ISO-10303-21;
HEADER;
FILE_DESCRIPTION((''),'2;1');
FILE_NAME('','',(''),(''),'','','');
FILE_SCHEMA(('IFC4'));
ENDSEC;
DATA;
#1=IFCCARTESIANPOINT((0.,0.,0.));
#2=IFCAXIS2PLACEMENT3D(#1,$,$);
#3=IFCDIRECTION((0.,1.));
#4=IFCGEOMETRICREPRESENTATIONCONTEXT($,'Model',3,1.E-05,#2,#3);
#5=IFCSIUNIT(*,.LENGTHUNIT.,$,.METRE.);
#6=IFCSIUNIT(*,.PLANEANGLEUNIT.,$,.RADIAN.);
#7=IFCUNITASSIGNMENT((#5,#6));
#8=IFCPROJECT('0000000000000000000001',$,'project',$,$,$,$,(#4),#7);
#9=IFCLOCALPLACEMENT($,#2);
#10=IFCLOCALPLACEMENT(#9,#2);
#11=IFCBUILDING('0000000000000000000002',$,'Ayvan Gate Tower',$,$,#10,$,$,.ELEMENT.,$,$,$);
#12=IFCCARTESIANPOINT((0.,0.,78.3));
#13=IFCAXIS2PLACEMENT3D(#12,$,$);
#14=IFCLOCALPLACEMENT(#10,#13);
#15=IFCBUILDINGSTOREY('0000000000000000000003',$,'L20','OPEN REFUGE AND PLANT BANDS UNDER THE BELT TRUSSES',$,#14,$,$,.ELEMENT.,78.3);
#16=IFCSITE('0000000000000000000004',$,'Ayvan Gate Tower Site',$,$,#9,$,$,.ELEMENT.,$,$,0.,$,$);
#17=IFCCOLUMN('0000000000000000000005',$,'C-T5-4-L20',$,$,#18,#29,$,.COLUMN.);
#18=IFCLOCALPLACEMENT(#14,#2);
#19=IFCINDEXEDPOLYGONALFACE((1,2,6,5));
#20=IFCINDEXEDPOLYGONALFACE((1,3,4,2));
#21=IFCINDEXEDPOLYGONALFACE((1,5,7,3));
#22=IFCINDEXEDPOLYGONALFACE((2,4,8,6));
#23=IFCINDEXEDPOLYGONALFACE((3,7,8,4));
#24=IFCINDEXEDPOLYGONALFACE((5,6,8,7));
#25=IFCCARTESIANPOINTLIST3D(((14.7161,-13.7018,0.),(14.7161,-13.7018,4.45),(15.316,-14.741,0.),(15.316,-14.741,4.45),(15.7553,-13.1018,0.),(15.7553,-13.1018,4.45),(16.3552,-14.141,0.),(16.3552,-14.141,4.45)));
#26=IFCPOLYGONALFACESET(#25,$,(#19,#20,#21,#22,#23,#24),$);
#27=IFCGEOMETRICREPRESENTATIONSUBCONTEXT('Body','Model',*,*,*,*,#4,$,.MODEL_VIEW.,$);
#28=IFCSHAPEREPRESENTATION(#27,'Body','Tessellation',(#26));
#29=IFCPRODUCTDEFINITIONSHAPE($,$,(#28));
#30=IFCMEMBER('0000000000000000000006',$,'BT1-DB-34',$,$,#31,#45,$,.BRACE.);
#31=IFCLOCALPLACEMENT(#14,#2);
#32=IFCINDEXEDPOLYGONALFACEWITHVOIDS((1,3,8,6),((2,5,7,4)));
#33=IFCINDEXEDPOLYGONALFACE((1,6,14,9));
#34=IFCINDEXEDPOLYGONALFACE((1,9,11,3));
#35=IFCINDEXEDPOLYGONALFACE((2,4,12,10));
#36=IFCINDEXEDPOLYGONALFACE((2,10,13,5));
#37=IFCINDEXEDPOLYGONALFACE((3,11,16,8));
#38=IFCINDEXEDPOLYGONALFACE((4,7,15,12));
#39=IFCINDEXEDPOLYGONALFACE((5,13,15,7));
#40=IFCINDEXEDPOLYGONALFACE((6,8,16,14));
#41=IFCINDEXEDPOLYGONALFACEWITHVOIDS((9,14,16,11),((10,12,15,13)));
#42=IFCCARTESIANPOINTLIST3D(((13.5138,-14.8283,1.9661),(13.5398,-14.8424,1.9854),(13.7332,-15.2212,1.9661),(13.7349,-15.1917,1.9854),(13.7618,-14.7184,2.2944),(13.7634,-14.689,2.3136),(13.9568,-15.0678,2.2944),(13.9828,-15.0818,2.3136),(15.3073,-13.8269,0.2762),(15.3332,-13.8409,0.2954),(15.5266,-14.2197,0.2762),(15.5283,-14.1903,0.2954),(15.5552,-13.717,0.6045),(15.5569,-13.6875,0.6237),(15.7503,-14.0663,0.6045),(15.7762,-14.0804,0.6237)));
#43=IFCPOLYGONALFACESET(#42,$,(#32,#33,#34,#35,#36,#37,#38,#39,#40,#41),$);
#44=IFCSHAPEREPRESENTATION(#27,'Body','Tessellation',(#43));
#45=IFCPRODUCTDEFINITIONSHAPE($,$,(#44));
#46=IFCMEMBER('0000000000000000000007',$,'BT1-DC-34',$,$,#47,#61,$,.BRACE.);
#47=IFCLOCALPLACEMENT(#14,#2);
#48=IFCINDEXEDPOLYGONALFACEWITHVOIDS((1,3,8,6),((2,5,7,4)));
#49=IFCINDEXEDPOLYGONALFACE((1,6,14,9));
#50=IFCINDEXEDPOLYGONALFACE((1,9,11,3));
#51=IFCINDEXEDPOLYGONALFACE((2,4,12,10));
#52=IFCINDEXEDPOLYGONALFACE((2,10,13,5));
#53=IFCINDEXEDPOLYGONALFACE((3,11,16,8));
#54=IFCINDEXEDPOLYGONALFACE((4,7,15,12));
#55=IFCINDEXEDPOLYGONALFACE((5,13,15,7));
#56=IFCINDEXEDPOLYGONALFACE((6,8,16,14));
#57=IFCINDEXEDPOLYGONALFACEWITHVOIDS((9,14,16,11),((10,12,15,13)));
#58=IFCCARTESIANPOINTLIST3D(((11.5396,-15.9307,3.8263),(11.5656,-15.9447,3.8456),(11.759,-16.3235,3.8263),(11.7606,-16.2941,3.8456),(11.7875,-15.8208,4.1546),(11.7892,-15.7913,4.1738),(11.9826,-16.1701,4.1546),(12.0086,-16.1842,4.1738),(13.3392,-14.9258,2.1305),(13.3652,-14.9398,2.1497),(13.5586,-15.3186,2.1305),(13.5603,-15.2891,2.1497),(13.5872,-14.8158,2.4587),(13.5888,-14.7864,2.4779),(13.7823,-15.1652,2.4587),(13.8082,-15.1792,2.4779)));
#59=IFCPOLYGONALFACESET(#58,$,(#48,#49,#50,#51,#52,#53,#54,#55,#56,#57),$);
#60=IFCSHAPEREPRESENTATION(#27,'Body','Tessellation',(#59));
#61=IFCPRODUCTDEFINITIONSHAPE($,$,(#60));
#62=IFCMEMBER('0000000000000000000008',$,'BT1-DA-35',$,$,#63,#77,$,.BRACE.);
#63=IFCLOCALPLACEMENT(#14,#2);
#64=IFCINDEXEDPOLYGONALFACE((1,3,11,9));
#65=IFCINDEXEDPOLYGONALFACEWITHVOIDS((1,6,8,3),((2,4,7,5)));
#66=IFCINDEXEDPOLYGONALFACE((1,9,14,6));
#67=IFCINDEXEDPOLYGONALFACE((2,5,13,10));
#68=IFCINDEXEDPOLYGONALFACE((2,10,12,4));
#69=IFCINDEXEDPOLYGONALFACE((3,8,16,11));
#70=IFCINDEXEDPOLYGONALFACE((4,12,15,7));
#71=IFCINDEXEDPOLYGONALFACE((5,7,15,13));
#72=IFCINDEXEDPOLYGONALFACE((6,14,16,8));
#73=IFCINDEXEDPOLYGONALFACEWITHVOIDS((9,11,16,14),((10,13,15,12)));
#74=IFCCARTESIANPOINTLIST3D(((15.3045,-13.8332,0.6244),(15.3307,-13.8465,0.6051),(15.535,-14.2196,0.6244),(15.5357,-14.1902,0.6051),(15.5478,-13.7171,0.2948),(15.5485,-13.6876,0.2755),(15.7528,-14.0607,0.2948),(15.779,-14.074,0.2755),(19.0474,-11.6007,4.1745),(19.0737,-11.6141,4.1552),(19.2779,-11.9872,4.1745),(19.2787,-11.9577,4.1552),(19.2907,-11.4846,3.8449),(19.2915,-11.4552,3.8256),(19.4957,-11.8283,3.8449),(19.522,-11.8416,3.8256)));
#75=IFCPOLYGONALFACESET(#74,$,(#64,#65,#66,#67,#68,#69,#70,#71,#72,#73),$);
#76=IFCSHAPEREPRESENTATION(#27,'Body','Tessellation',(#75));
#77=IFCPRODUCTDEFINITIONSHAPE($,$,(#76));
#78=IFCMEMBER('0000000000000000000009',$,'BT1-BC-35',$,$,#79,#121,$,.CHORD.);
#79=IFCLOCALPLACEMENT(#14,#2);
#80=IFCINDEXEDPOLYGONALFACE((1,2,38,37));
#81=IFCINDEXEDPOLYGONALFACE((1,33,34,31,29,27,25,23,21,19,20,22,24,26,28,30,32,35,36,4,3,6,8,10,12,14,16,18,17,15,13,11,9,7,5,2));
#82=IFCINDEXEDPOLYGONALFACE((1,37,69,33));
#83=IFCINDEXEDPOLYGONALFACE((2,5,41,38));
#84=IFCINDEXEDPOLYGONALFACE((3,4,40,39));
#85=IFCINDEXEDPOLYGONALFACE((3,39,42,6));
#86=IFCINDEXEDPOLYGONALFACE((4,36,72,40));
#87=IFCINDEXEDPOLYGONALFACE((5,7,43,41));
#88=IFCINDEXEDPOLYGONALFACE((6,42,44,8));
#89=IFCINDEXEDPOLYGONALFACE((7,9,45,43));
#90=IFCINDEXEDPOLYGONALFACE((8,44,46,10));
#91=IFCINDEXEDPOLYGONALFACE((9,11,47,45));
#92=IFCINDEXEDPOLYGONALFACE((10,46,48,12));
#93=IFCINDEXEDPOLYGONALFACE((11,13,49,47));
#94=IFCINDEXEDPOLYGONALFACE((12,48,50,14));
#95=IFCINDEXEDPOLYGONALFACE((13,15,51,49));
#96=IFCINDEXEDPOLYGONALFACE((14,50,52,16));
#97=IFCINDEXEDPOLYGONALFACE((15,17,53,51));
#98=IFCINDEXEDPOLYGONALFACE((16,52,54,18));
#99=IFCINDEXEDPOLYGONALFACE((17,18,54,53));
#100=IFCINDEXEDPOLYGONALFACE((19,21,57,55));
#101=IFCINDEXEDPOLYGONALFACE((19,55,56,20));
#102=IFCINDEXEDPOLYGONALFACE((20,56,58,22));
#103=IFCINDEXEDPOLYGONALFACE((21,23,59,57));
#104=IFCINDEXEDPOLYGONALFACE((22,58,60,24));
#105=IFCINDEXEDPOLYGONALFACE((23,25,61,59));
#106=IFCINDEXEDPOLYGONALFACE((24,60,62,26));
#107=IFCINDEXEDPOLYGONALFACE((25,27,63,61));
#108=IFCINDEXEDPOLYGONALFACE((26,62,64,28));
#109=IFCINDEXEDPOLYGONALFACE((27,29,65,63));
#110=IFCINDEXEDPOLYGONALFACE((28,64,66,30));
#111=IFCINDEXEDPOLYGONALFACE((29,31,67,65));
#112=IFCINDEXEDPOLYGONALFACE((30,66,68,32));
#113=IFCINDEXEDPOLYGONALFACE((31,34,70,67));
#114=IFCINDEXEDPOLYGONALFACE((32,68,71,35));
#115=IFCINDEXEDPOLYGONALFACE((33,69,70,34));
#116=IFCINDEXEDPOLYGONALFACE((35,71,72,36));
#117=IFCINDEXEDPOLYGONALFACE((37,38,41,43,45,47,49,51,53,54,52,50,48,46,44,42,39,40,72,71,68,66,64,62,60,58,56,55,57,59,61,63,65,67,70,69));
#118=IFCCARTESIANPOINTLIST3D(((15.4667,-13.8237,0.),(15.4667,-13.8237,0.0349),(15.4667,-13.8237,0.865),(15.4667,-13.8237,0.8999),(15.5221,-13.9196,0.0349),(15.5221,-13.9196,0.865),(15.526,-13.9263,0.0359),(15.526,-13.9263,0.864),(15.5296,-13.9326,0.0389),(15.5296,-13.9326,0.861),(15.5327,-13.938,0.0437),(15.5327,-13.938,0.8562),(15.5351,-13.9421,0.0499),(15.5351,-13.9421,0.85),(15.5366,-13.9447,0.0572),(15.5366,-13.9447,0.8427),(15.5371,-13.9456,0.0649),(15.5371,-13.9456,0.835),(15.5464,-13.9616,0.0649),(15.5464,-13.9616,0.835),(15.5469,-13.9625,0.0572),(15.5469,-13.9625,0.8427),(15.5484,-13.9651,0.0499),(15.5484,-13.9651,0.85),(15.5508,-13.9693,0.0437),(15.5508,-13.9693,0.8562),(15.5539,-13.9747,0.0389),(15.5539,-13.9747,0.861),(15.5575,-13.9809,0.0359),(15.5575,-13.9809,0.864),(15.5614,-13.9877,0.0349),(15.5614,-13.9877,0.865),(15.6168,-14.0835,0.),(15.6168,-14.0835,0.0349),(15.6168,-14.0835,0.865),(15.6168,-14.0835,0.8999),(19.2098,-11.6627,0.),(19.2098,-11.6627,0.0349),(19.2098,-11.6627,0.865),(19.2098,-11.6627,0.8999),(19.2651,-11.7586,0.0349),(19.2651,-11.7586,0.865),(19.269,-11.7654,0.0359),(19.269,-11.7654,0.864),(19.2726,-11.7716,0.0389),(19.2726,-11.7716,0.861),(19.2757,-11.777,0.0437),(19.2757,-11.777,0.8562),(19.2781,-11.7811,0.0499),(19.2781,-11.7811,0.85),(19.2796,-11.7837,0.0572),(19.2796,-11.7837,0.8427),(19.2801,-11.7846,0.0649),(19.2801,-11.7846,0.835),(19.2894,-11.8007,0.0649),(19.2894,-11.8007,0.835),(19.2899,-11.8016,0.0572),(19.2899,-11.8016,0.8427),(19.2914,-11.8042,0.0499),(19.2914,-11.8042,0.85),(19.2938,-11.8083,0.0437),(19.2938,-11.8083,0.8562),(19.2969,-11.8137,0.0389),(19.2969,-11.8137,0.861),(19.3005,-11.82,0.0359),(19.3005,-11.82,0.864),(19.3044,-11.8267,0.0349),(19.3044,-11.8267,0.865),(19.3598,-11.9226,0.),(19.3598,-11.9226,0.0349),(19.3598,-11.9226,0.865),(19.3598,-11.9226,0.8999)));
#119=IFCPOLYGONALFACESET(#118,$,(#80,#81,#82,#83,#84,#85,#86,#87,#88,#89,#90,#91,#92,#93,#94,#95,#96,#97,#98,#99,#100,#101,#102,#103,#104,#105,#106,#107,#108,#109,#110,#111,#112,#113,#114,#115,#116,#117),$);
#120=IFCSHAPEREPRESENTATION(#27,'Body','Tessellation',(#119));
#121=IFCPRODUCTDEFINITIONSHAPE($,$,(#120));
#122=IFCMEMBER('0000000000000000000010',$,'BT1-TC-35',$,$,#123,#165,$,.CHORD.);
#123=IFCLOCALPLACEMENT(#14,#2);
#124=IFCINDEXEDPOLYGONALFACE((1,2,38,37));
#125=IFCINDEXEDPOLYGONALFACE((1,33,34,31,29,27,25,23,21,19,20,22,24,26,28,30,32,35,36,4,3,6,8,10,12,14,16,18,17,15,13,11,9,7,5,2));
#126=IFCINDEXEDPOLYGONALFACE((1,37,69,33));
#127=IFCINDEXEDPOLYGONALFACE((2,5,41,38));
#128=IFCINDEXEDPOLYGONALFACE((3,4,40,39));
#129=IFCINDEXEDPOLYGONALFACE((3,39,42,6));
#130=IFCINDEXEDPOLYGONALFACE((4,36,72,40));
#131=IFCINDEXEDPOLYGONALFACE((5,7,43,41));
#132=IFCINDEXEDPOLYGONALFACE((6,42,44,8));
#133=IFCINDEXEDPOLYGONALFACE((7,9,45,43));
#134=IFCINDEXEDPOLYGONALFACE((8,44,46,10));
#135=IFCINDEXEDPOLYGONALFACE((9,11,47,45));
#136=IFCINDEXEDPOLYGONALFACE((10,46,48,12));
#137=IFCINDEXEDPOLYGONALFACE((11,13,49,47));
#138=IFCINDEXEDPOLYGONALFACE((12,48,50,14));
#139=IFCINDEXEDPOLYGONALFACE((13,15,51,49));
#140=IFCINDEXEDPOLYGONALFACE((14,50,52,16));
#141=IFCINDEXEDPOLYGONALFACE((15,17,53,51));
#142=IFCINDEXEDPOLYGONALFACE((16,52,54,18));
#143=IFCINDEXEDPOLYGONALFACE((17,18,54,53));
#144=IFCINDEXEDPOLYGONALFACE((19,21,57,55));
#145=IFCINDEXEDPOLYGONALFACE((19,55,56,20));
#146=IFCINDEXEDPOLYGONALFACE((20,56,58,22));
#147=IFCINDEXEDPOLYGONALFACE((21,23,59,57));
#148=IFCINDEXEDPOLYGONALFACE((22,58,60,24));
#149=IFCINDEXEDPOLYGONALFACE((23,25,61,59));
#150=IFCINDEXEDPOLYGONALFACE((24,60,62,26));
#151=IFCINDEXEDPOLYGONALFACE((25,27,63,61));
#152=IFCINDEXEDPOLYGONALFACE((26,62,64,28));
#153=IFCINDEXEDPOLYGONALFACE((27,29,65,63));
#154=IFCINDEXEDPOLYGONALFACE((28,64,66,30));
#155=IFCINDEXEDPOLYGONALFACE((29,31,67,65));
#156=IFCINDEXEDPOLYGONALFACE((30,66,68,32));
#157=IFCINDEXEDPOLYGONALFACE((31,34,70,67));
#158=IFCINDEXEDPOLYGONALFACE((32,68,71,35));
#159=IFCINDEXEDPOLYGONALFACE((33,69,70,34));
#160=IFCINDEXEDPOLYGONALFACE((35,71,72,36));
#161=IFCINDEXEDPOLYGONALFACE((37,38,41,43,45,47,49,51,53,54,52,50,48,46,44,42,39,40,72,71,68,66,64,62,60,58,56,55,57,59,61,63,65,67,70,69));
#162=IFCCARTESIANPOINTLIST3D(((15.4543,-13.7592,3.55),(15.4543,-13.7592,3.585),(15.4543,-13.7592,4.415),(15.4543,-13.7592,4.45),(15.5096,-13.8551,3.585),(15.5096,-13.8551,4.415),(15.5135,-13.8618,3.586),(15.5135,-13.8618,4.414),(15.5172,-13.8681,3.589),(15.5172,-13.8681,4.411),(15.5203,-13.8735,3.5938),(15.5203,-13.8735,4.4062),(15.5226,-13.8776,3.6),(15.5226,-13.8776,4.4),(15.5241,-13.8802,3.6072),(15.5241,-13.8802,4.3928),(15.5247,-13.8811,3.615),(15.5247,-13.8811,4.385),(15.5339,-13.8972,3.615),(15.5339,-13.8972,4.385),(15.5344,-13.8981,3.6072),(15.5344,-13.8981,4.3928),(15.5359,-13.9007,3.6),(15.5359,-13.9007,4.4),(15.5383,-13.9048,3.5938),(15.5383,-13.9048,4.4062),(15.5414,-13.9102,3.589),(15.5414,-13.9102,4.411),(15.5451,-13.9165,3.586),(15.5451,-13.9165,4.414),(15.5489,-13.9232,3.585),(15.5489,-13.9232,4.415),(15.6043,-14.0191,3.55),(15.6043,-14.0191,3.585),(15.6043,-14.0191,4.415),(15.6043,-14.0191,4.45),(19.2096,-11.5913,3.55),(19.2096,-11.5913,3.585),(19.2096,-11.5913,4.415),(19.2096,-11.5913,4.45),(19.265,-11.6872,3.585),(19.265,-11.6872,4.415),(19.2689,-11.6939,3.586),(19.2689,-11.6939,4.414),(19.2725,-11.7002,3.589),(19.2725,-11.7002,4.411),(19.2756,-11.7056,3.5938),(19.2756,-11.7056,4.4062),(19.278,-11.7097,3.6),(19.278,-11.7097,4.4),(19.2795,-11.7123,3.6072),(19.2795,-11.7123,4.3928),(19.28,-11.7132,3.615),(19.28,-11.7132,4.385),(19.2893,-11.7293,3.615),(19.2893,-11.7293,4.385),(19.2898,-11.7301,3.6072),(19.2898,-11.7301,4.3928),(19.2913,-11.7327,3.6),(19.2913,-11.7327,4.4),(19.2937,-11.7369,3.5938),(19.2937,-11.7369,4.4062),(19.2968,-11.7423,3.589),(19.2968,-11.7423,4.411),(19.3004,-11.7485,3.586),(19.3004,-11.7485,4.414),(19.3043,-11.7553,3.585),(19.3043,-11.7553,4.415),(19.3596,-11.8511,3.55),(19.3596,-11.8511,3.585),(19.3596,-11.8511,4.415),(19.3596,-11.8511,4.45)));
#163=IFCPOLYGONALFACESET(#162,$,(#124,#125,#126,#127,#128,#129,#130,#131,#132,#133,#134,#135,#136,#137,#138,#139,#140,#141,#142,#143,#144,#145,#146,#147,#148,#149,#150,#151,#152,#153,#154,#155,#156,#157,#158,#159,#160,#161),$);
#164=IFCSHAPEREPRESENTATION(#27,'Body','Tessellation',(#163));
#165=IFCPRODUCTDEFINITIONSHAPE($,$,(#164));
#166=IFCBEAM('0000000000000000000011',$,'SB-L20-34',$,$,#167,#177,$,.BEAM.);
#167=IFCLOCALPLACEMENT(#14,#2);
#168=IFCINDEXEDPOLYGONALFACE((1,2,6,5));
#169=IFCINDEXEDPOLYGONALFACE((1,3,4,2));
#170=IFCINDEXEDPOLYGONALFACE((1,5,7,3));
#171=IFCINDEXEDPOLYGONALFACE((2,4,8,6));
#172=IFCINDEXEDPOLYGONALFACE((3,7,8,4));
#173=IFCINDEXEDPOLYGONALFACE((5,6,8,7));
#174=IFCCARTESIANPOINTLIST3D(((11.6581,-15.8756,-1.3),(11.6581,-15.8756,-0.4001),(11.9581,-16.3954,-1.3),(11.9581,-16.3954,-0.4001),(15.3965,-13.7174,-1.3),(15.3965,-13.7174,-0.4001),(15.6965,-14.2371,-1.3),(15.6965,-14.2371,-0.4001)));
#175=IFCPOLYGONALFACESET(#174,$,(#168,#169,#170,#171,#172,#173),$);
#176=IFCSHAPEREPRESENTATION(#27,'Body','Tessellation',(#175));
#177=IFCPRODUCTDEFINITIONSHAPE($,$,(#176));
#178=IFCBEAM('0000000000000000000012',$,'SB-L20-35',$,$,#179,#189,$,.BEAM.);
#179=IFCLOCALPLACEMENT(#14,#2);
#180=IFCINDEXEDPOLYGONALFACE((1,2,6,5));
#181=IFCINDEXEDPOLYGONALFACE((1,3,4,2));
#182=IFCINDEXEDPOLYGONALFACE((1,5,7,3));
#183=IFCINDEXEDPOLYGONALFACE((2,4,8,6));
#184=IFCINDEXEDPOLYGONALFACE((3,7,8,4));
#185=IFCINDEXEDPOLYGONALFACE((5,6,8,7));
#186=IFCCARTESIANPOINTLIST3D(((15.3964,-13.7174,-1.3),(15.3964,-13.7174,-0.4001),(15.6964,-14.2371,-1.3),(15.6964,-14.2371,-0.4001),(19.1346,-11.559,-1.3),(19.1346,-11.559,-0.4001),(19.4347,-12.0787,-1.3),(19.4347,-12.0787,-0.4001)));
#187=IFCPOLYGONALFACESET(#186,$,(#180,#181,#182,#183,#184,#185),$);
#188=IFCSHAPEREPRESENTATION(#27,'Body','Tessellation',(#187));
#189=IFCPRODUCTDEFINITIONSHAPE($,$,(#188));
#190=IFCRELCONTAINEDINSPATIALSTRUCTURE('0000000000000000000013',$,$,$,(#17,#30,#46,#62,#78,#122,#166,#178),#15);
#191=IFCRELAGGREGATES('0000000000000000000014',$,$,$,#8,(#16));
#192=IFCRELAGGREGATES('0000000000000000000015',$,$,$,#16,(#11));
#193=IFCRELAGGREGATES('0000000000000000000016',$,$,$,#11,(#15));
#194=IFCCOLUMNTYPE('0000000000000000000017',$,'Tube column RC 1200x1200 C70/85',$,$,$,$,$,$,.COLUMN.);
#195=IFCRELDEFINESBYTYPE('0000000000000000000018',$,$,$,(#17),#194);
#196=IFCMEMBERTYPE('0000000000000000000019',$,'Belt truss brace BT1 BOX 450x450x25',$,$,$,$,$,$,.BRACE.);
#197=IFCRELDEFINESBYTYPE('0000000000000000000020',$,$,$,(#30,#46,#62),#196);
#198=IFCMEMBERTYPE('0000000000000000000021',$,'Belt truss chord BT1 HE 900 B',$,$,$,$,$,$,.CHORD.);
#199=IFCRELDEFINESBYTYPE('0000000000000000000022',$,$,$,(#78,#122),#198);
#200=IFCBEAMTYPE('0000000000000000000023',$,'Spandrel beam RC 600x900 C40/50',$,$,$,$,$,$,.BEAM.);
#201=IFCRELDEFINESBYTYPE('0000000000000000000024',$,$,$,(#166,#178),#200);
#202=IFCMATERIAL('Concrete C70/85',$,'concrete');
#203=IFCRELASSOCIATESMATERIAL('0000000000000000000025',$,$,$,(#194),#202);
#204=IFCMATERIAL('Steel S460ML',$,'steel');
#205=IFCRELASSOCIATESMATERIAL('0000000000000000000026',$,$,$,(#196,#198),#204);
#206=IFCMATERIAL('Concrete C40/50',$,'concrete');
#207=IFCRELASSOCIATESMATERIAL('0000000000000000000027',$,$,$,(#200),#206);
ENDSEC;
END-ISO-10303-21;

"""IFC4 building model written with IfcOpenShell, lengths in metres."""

from ifc_helpers import new_model, si_unit, direction, frame, origin, origin_2d, place, context, subcontext, project, spatial, rectangle, hollow_rectangle, i_section, extrude, material, material_profile, profile_set, type_object, element, save


model = new_model("IFC4")

# Units and contexts
model_context = context("Model", 3, precision=1e-05, world=origin(), true_north=direction((0.0, 1.0)))
body_context = subcontext(model_context, "Body", "Model", "MODEL_VIEW")
ifc_project = project(units=[si_unit("LENGTHUNIT", "METRE"), si_unit("PLANEANGLEUNIT", "RADIAN")], contexts=[model_context])

# Site, building, storey
site_placement = place(None, origin())
site = spatial("IfcSite", under=ifc_project, at=site_placement, Name="Ayvan Gate Tower Site", CompositionType="ELEMENT", RefElevation=0.0)
building_placement = place(site_placement, origin())
building = spatial("IfcBuilding", under=site, at=building_placement, Name="Ayvan Gate Tower", CompositionType="ELEMENT")
storey_placement = place(building_placement, frame((0.0, 0.0, 78.3)))
storey = spatial("IfcBuildingStorey", under=building, at=storey_placement, Name="L20", Description="OPEN REFUGE AND PLANT BANDS UNDER THE BELT TRUSSES", CompositionType="ELEMENT", Elevation=78.3)

# Column
ifc_material_1 = material(Name="Concrete C70/85", Category="concrete")
ifc_material_profile_1 = material_profile(ifc_material_1, rectangle(XDim=1.2, YDim=1.2, at=origin_2d()), Name="RC 1200x1200")
ifc_profile_set_1 = profile_set([ifc_material_profile_1], Name="Concrete C70/85")
column_type = type_object("IfcColumnType", Name="Tube column RC 1200x1200 C70/85", PredefinedType="COLUMN", material=ifc_profile_set_1)
column_placement = place(storey_placement, frame((15.5356, -13.9214, 0.0), z_axis=(0.0, 0.0, 1.0), x_axis=(0.5, -0.866025, 0.0)))
element("IfcColumn", 1, at=column_placement, inside=storey, type_object=column_type, Name="C-T5-4-L20", PredefinedType="COLUMN", context=body_context, shape_type="SweptSolid", body=[
    extrude(rectangle(XDim=1.2, YDim=1.2, at=origin_2d()), origin(), (0.0, 0.0, 1.0), 4.45),
])

# Members
ifc_material_2 = material(Name="Steel S460ML", Category="steel")
ifc_material_profile_2 = material_profile(ifc_material_2, hollow_rectangle(XDim=0.45, YDim=0.45, WallThickness=0.0249, at=origin_2d()), Name="BOX 450x450x25")
ifc_profile_set_2 = profile_set([ifc_material_profile_2], Name="Steel S460ML")
member_type_1 = type_object("IfcMemberType", Name="Belt truss brace BT1 BOX 450x450x25", PredefinedType="BRACE", material=ifc_profile_set_2)
member_1_placement = place(storey_placement, frame((15.5417, -13.9536, 0.45), z_axis=(-0.674245, -0.376498, 0.635329), x_axis=(0.487539, -0.873101, 0.0)))
element("IfcMember", 2, at=member_1_placement, inside=storey, type_object=member_type_1, Name="BT1-DB-34", PredefinedType="BRACE", context=body_context, shape_type="SweptSolid", body=[
    extrude(hollow_rectangle(XDim=0.45, YDim=0.45, WallThickness=0.0249, at=origin_2d()), origin(), (0.0, 0.0, 1.0), 2.6599),
])
member_2_placement = place(storey_placement, frame((13.5737, -15.0525, 2.3042), z_axis=(-0.674227, -0.376491, 0.635352), x_axis=(0.487543, -0.873099, 0.0)))
element("IfcMember", 3, at=member_2_placement, inside=storey, type_object=member_type_1, Name="BT1-DC-34", PredefinedType="BRACE", context=body_context, shape_type="SweptSolid", body=[
    extrude(hollow_rectangle(XDim=0.45, YDim=0.45, WallThickness=0.0249, at=origin_2d()), origin(), (0.0, 0.0, 1.0), 2.6692),
])
member_3_placement = place(storey_placement, frame((15.5417, -13.9536, 0.45), z_axis=(0.665878, 0.397155, 0.631565), x_axis=(-0.512245, 0.858839, 0.0)))
element("IfcMember", 4, at=member_3_placement, inside=storey, type_object=member_type_1, Name="BT1-DA-35", PredefinedType="BRACE", context=body_context, shape_type="SweptSolid", body=[
    extrude(hollow_rectangle(XDim=0.45, YDim=0.45, WallThickness=0.0249, at=origin_2d()), origin(), (0.0, 0.0, 1.0), 5.6211),
])
ifc_material_profile_3 = material_profile(ifc_material_2, i_section(OverallWidth=0.3, OverallDepth=0.8999, WebThickness=0.0186, FlangeThickness=0.0349, FilletRadius=0.03, at=origin_2d()), Name="HE 900 B")
ifc_profile_set_3 = profile_set([ifc_material_profile_3], Name="Steel S460ML")
member_type_2 = type_object("IfcMemberType", Name="Belt truss chord BT1 HE 900 B", PredefinedType="CHORD", material=ifc_profile_set_3)
member_4_placement = place(storey_placement, frame((15.5417, -13.9536, 0.45), z_axis=(0.866034, 0.499985, 0.0), x_axis=(-0.499985, 0.866034, 0.0)))
element("IfcMember", 5, at=member_4_placement, inside=storey, type_object=member_type_2, Name="BT1-BC-35", PredefinedType="CHORD", context=body_context, shape_type="SweptSolid", body=[
    extrude(i_section(OverallWidth=0.3, OverallDepth=0.8999, WebThickness=0.0186, FlangeThickness=0.0349, FilletRadius=0.03, at=origin_2d()), origin(), (0.0, 0.0, 1.0), 4.322),
])
member_5_placement = place(storey_placement, frame((15.5293, -13.8892, 4.0), z_axis=(0.866045, 0.499966, 0.0), x_axis=(-0.499966, 0.866045, 0.0)))
element("IfcMember", 6, at=member_5_placement, inside=storey, type_object=member_type_2, Name="BT1-TC-35", PredefinedType="CHORD", context=body_context, shape_type="SweptSolid", body=[
    extrude(i_section(OverallWidth=0.3, OverallDepth=0.8999, WebThickness=0.0186, FlangeThickness=0.0349, FilletRadius=0.03, at=origin_2d()), origin(), (0.0, 0.0, 1.0), 4.3362),
])

# Beams
ifc_material_3 = material(Name="Concrete C40/50", Category="concrete")
ifc_material_profile_4 = material_profile(ifc_material_3, rectangle(XDim=0.6001, YDim=0.8999, at=origin_2d()), Name="RC 600x900")
ifc_profile_set_4 = profile_set([ifc_material_profile_4], Name="Concrete C40/50")
beam_type_1 = type_object("IfcBeamType", Name="Spandrel beam RC 600x900 C40/50", PredefinedType="BEAM", material=ifc_profile_set_4)
for number, where, z_axis, x_axis, name in (
    (7, (11.8081, -16.1355, -0.8501), (0.866035, 0.499984, 0.0), (-0.499984, 0.866035, 0.0), "SB-L20-34"),
    (8, (15.5464, -13.9773, -0.8501), (0.86601, 0.500026, 0.0), (-0.500026, 0.86601, 0.0), "SB-L20-35"),
):
    element("IfcBeam", number, at=place(storey_placement, frame(where, z_axis=z_axis, x_axis=x_axis)), inside=storey, type_object=beam_type_1, Name=name, PredefinedType="BEAM", context=body_context, shape_type="SweptSolid", body=[
        extrude(rectangle(XDim=0.6001, YDim=0.8999, at=origin_2d()), origin(), (0.0, 0.0, 1.0), 4.3167),
    ])

save(model, "model.ifc")
